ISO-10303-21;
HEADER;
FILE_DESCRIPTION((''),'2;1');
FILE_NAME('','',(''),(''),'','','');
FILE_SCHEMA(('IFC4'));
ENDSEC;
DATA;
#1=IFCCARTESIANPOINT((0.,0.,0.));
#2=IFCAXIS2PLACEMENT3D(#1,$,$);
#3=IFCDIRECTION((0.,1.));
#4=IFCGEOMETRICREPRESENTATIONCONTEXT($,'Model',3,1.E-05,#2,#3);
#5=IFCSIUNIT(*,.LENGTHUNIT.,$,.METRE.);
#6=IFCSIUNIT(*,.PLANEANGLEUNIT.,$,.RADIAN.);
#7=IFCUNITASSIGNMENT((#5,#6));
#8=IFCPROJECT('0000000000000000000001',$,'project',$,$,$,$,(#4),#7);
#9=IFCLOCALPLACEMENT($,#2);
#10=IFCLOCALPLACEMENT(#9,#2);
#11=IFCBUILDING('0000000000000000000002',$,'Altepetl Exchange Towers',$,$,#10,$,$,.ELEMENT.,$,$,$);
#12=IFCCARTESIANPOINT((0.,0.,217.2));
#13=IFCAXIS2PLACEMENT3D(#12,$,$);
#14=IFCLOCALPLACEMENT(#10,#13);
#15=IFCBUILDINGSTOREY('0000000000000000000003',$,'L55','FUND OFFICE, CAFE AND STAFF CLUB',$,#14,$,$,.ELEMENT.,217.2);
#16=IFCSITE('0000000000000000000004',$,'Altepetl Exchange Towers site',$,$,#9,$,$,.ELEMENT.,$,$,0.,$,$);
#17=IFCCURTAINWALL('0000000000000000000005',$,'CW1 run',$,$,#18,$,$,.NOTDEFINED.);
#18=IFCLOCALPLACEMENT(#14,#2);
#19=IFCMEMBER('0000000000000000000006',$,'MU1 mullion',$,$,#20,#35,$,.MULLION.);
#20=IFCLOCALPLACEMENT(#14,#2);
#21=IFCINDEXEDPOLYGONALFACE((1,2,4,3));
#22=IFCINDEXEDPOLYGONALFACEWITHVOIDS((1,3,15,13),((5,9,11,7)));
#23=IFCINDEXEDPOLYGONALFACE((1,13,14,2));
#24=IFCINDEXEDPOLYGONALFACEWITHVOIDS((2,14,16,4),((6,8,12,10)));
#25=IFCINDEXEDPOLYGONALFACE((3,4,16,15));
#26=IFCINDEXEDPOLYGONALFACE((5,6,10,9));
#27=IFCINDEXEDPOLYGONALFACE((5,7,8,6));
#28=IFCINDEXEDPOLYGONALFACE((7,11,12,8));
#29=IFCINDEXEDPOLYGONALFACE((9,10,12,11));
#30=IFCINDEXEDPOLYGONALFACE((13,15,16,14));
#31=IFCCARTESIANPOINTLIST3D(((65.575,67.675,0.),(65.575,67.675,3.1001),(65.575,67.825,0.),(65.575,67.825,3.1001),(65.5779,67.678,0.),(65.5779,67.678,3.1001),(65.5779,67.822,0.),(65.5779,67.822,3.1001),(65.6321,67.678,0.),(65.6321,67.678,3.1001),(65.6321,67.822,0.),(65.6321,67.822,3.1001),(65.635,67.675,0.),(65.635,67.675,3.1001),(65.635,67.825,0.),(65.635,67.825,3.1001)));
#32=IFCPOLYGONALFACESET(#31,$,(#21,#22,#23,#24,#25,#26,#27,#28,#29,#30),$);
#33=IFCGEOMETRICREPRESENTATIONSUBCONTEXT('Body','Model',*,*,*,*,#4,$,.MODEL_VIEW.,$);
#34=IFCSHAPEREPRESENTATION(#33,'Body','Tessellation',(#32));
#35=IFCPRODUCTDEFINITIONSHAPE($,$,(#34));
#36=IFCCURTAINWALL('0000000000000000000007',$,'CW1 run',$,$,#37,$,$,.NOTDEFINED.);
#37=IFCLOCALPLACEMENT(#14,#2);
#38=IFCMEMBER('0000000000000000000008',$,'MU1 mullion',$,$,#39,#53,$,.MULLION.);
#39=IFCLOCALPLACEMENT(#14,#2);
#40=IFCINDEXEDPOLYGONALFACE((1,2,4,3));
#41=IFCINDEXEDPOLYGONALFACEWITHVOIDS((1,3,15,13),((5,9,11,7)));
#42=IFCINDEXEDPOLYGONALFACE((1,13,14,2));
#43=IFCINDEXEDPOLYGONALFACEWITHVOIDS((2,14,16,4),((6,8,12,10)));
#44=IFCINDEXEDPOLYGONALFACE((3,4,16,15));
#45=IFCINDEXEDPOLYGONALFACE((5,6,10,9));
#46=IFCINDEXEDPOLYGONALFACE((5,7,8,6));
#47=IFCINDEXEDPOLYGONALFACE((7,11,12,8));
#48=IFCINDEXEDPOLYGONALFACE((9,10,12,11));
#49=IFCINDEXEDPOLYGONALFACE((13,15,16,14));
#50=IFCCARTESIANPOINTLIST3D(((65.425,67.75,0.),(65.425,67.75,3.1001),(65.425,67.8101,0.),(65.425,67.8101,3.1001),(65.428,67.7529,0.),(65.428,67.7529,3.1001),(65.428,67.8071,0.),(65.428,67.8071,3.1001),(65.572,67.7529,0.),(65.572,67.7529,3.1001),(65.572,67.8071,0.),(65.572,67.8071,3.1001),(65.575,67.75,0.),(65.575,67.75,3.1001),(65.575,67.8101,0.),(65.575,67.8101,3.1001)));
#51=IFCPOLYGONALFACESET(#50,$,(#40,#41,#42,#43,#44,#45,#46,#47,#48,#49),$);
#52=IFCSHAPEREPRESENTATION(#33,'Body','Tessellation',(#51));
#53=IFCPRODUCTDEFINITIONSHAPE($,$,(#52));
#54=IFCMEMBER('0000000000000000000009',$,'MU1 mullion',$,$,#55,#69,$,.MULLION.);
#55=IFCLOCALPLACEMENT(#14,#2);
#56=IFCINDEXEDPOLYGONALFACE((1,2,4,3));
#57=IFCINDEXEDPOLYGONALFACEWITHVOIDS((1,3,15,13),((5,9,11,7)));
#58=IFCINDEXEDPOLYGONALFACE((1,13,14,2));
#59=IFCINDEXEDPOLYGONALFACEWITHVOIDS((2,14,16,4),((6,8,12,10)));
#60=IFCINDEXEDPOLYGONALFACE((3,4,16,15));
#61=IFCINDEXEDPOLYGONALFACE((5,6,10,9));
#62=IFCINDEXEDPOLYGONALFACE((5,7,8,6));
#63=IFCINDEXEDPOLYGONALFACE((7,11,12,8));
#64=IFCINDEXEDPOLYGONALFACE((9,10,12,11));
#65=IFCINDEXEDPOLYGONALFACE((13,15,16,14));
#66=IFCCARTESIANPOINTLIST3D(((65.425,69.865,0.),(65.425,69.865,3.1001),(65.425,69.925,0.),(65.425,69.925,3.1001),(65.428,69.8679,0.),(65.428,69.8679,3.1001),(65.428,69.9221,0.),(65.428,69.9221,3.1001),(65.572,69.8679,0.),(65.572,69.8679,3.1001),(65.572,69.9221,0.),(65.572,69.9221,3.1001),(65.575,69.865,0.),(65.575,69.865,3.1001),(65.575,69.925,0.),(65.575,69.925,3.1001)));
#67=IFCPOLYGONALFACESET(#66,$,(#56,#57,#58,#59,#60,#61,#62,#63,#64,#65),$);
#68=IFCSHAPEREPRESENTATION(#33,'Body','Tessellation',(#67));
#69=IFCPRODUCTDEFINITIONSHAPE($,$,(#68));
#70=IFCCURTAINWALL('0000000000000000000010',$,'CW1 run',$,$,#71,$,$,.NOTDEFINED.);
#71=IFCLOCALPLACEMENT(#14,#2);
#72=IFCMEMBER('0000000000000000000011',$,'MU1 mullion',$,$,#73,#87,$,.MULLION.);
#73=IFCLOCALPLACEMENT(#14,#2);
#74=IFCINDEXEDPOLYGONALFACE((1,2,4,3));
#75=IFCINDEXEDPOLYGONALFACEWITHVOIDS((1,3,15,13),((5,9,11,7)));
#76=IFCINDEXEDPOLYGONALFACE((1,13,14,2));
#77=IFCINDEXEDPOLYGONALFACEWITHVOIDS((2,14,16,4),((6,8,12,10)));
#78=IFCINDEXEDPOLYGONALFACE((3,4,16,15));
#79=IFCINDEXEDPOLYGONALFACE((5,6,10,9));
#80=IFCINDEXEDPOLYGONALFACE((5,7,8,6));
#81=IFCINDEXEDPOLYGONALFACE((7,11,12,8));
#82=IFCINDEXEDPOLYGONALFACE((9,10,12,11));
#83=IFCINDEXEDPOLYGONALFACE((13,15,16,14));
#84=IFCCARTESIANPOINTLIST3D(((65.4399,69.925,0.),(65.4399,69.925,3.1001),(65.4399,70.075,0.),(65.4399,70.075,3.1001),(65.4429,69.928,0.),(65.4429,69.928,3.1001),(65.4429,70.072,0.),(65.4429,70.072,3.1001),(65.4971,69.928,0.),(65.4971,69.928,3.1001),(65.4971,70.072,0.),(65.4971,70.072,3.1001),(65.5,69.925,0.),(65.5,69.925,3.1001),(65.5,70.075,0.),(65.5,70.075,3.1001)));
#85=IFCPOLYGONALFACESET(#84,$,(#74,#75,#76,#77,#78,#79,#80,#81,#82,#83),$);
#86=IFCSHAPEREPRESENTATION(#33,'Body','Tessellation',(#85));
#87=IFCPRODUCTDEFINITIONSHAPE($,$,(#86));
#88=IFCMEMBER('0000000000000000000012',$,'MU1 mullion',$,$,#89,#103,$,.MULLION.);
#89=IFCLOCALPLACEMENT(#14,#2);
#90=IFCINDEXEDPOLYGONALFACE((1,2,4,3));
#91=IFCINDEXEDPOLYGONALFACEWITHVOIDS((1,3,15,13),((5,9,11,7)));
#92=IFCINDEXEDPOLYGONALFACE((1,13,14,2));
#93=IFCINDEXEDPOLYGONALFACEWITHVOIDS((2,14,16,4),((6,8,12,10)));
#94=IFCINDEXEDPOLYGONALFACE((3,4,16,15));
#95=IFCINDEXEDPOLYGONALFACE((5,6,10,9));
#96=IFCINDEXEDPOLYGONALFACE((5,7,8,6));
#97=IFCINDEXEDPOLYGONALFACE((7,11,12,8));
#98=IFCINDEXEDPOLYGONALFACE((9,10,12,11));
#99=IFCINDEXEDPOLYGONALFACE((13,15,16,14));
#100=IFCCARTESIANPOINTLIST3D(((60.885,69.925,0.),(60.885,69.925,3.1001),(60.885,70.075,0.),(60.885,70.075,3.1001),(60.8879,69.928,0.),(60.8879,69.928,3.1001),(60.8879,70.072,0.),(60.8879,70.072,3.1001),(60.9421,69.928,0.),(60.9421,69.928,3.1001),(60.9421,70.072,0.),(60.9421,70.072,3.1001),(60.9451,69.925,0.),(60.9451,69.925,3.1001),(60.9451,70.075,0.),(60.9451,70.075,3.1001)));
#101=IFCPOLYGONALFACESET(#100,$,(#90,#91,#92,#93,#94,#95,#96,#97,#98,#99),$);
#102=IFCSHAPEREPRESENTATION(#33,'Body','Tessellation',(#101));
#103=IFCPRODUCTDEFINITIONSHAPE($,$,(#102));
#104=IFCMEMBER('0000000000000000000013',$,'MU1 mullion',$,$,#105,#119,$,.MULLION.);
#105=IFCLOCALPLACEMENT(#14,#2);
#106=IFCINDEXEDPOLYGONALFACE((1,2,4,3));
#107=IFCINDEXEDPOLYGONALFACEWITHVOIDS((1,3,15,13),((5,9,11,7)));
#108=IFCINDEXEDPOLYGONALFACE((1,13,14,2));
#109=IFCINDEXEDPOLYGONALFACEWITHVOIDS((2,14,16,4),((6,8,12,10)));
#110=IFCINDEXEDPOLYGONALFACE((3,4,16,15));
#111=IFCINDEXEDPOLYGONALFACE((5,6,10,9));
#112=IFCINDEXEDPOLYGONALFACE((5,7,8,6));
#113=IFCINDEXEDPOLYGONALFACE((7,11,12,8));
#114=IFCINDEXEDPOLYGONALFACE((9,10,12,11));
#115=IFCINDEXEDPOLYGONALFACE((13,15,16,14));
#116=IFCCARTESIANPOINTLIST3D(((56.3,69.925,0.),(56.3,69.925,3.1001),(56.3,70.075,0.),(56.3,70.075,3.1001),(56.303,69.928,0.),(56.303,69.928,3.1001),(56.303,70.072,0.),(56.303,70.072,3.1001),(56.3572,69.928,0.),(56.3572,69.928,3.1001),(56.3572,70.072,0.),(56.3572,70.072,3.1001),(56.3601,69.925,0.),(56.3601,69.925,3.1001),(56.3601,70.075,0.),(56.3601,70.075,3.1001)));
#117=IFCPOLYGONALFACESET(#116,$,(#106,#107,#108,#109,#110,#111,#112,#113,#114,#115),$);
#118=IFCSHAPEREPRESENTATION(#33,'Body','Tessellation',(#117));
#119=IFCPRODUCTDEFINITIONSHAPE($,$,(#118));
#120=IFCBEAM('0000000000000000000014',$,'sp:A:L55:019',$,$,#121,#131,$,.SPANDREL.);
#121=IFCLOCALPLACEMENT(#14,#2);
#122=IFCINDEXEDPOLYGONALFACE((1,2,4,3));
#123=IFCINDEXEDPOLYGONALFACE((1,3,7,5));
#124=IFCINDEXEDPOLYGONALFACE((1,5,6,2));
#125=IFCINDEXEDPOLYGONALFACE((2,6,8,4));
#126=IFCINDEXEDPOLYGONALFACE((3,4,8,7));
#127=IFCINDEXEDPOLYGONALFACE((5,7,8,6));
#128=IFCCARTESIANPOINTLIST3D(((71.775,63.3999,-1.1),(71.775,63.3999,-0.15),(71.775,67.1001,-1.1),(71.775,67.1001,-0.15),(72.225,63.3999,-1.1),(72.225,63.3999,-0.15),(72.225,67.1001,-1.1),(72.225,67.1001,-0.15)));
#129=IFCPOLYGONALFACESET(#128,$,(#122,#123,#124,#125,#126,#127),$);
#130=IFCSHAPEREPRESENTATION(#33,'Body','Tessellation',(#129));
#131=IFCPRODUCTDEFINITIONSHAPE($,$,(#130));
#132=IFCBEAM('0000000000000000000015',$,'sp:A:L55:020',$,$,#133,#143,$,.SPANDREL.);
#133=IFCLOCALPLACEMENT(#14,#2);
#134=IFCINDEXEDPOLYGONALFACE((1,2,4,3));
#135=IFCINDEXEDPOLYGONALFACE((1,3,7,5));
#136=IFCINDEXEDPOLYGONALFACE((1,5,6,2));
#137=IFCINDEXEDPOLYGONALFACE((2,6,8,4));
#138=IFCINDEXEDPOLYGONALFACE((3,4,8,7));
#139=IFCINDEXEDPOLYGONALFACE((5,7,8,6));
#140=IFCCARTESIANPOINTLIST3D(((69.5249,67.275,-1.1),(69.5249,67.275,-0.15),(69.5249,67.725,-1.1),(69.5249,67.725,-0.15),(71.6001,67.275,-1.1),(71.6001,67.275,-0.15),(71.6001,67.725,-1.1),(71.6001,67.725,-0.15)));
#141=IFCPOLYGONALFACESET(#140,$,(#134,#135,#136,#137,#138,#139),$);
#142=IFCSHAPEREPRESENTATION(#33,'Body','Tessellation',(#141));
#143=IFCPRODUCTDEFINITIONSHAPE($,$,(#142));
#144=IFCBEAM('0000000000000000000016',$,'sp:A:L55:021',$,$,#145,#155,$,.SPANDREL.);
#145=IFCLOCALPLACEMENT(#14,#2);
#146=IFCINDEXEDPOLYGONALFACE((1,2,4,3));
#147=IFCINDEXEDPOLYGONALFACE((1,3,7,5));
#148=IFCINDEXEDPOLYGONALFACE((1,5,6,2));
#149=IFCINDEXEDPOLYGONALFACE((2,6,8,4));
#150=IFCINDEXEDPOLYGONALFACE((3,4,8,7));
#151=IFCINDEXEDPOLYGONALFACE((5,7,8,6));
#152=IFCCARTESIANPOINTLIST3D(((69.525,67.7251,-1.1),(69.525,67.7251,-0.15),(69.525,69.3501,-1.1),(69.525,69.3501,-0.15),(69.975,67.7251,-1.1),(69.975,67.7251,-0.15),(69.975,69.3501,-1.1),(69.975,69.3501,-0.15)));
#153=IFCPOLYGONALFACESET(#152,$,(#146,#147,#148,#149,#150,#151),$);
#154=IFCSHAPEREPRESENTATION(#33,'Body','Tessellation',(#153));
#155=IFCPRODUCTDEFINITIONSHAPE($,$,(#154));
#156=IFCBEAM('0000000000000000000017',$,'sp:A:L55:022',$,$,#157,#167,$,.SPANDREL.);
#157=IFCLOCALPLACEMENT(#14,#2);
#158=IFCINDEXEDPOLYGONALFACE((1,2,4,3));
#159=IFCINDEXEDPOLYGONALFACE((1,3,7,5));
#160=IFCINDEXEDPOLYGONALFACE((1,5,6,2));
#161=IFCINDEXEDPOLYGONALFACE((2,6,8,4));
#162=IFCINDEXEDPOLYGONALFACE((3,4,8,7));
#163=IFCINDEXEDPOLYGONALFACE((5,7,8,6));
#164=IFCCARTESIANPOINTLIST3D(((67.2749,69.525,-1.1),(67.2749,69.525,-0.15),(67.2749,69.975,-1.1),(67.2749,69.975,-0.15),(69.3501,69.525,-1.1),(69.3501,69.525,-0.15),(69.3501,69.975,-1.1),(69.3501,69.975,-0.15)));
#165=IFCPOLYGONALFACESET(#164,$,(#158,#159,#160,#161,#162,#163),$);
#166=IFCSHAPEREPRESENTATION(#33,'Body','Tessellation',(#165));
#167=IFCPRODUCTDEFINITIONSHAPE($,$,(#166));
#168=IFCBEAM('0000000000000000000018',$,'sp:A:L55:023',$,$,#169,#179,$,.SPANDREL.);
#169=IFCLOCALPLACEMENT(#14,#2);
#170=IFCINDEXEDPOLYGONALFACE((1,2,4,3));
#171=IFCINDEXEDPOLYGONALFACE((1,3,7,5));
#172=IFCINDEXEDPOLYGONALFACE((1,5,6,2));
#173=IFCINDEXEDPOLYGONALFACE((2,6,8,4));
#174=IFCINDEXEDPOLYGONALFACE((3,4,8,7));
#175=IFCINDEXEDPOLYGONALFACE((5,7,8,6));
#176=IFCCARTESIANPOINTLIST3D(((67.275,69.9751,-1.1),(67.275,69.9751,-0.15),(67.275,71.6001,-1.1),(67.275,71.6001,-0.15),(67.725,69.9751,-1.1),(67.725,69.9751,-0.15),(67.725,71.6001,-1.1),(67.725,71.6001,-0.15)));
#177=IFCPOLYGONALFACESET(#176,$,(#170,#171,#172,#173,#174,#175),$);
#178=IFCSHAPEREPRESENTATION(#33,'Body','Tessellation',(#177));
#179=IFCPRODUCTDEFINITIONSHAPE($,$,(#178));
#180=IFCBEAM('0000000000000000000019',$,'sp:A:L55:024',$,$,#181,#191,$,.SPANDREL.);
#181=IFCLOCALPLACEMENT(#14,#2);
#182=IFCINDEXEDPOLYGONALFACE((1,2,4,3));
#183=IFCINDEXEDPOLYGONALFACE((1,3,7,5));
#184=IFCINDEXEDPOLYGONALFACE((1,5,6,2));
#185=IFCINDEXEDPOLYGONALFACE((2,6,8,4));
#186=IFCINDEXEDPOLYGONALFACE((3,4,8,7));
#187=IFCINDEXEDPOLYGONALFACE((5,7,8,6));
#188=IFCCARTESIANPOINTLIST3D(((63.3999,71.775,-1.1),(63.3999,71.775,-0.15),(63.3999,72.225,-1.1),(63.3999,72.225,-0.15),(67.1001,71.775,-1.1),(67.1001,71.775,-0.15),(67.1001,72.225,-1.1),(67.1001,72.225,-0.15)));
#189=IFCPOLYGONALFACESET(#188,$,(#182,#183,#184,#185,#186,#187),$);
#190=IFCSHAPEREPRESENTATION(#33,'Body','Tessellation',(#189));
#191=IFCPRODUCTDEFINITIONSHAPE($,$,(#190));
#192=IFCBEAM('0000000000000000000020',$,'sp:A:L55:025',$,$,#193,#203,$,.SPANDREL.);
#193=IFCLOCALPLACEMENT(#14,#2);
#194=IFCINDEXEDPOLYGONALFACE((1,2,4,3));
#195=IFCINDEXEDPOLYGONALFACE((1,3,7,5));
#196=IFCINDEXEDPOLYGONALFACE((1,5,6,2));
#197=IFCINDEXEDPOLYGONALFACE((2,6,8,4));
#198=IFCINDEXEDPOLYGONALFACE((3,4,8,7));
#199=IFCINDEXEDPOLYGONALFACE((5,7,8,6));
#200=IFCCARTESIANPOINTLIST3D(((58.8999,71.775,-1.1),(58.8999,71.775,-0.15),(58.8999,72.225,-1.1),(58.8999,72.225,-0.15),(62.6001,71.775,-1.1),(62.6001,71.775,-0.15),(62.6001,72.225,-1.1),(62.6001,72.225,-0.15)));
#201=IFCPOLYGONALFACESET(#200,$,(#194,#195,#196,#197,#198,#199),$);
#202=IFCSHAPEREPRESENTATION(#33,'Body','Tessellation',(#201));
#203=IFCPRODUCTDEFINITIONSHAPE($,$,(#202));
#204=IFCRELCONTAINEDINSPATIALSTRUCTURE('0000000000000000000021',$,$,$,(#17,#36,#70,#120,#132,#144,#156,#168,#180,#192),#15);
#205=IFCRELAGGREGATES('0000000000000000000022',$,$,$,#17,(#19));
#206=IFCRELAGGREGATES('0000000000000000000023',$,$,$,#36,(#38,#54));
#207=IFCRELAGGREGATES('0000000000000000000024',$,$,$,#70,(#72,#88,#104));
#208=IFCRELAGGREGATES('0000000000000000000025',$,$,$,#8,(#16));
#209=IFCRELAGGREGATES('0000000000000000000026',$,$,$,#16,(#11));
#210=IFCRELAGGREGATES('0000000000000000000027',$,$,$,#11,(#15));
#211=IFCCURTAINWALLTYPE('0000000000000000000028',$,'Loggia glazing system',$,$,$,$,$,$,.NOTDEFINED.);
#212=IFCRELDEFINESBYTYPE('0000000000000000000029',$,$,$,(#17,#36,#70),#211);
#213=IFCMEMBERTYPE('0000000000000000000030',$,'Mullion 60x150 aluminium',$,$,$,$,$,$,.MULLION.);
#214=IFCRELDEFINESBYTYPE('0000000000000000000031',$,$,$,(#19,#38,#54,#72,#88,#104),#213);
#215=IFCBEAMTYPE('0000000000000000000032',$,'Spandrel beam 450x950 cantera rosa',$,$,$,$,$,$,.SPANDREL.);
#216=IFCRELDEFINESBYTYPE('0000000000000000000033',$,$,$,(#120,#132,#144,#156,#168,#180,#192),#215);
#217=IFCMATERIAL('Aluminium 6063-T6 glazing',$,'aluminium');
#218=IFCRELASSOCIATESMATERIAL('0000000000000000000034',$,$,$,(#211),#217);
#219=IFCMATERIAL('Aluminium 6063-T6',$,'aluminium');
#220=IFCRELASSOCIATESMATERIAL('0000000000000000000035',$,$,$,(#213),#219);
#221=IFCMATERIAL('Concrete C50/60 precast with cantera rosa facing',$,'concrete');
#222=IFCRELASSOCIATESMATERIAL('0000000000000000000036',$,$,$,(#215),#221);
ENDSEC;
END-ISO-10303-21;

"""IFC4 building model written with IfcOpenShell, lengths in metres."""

from ifc_helpers import new_model, si_unit, direction, frame, origin, origin_2d, place, context, subcontext, project, spatial, rectangle, hollow_rectangle, extrude, material, material_profile, profile_set, type_object, element, aggregate, save


model = new_model("IFC4")

# Units and contexts
model_context = context("Model", 3, precision=1e-05, world=origin(), true_north=direction((0.0, 1.0)))
body_context = subcontext(model_context, "Body", "Model", "MODEL_VIEW")
ifc_project = project(units=[si_unit("LENGTHUNIT", "METRE"), si_unit("PLANEANGLEUNIT", "RADIAN")], contexts=[model_context])

# Site, building, storey
site_placement = place(None, origin())
site = spatial("IfcSite", under=ifc_project, at=site_placement, Name="Altepetl Exchange Towers site", CompositionType="ELEMENT", RefElevation=0.0)
building_placement = place(site_placement, origin())
building = spatial("IfcBuilding", under=site, at=building_placement, Name="Altepetl Exchange Towers", CompositionType="ELEMENT")
storey_placement = place(building_placement, frame((0.0, 0.0, 217.2)))
storey = spatial("IfcBuildingStorey", under=building, at=storey_placement, Name="L55", Description="FUND OFFICE, CAFE AND STAFF CLUB", CompositionType="ELEMENT", Elevation=217.2)

# Curtain walls, members
ifc_material_1 = material(Name="Aluminium 6063-T6 glazing", Category="aluminium")
curtain_wall_type = type_object("IfcCurtainWallType", Name="Loggia glazing system", PredefinedType="NOTDEFINED", material=ifc_material_1)
ifc_material_2 = material(Name="Aluminium 6063-T6", Category="aluminium")
ifc_material_profile_1 = material_profile(ifc_material_2, hollow_rectangle(XDim=0.0601, YDim=0.1499, WallThickness=0.0029, at=origin_2d()), Name="Mullion 60x150 aluminium")
ifc_profile_set_1 = profile_set([ifc_material_profile_1], Name="Aluminium 6063-T6")
member_type = type_object("IfcMemberType", Name="Mullion 60x150 aluminium", PredefinedType="MULLION", material=ifc_profile_set_1)
curtain_wall_1_placement = place(storey_placement, origin())
curtain_wall_1 = element("IfcCurtainWall", 1, at=curtain_wall_1_placement, inside=storey, type_object=curtain_wall_type, Name="CW1 run", PredefinedType="NOTDEFINED")
member_1_placement = place(storey_placement, frame((65.605, 67.75, 0.0), z_axis=(0.0, 0.0, 1.0), x_axis=(-1.0, 0.0, 0.0)))
member_1 = element("IfcMember", 2, at=member_1_placement, type_object=member_type, Name="MU1 mullion", PredefinedType="MULLION", context=body_context, shape_type="SweptSolid", body=[
    extrude(hollow_rectangle(XDim=0.0601, YDim=0.1499, WallThickness=0.0029, at=origin_2d()), origin(), (0.0, 0.0, 1.0), 3.1001),
])
curtain_wall_2_placement = place(storey_placement, origin())
curtain_wall_2 = element("IfcCurtainWall", 3, at=curtain_wall_2_placement, inside=storey, type_object=curtain_wall_type, Name="CW1 run", PredefinedType="NOTDEFINED")
member_2_placement = place(storey_placement, frame((65.5, 67.78, 0.0), z_axis=(0.0, 0.0, 1.0), x_axis=(0.0, 1.0, 0.0)))
member_2 = element("IfcMember", 4, at=member_2_placement, type_object=member_type, Name="MU1 mullion", PredefinedType="MULLION", context=body_context, shape_type="SweptSolid", body=[
    extrude(hollow_rectangle(XDim=0.0601, YDim=0.1499, WallThickness=0.0029, at=origin_2d()), origin(), (0.0, 0.0, 1.0), 3.1001),
])
member_3_placement = place(storey_placement, frame((65.5, 69.895, 0.0), z_axis=(0.0, 0.0, 1.0), x_axis=(0.0, 1.0, 0.0)))
member_3 = element("IfcMember", 5, at=member_3_placement, type_object=member_type, Name="MU1 mullion", PredefinedType="MULLION", context=body_context, shape_type="SweptSolid", body=[
    extrude(hollow_rectangle(XDim=0.0601, YDim=0.1499, WallThickness=0.0029, at=origin_2d()), origin(), (0.0, 0.0, 1.0), 3.1001),
])
curtain_wall_3_placement = place(storey_placement, origin())
curtain_wall_3 = element("IfcCurtainWall", 6, at=curtain_wall_3_placement, inside=storey, type_object=curtain_wall_type, Name="CW1 run", PredefinedType="NOTDEFINED")
member_4_placement = place(storey_placement, frame((65.47, 70.0, 0.0), z_axis=(0.0, 0.0, 1.0), x_axis=(-1.0, 0.0, 0.0)))
member_4 = element("IfcMember", 7, at=member_4_placement, type_object=member_type, Name="MU1 mullion", PredefinedType="MULLION", context=body_context, shape_type="SweptSolid", body=[
    extrude(hollow_rectangle(XDim=0.0601, YDim=0.1499, WallThickness=0.0029, at=origin_2d()), origin(), (0.0, 0.0, 1.0), 3.1001),
])
member_5_placement = place(storey_placement, frame((60.915, 70.0, 0.0), z_axis=(0.0, 0.0, 1.0), x_axis=(-1.0, 0.0, 0.0)))
member_5 = element("IfcMember", 8, at=member_5_placement, type_object=member_type, Name="MU1 mullion", PredefinedType="MULLION", context=body_context, shape_type="SweptSolid", body=[
    extrude(hollow_rectangle(XDim=0.0601, YDim=0.1499, WallThickness=0.0029, at=origin_2d()), origin(), (0.0, 0.0, 1.0), 3.1001),
])
member_6_placement = place(storey_placement, frame((56.3301, 70.0, 0.0), z_axis=(0.0, 0.0, 1.0), x_axis=(-1.0, 0.0, 0.0)))
member_6 = element("IfcMember", 9, at=member_6_placement, type_object=member_type, Name="MU1 mullion", PredefinedType="MULLION", context=body_context, shape_type="SweptSolid", body=[
    extrude(hollow_rectangle(XDim=0.0601, YDim=0.1499, WallThickness=0.0029, at=origin_2d()), origin(), (0.0, 0.0, 1.0), 3.1001),
])

# Beams
ifc_material_3 = material(Name="Concrete C50/60 precast with cantera rosa facing", Category="concrete")
ifc_material_profile_2 = material_profile(ifc_material_3, rectangle(XDim=0.45, YDim=0.95, at=origin_2d()), Name="450 x 950")
ifc_profile_set_2 = profile_set([ifc_material_profile_2], Name="Concrete C50/60 precast with cantera rosa facing")
beam_type = type_object("IfcBeamType", Name="Spandrel beam 450x950 cantera rosa", PredefinedType="SPANDREL", material=ifc_profile_set_2)
beam_1_placement = place(storey_placement, frame((72.0, 63.3999, -0.625), z_axis=(0.0, 1.0, 0.0), x_axis=(-1.0, 0.0, 0.0)))
element("IfcBeam", 10, at=beam_1_placement, inside=storey, type_object=beam_type, Name="sp:A:L55:019", PredefinedType="SPANDREL", context=body_context, shape_type="SweptSolid", body=[
    extrude(rectangle(XDim=0.45, YDim=0.95, at=origin_2d()), origin(), (0.0, 0.0, 1.0), 3.7002),
])
beam_2_placement = place(storey_placement, frame((71.6001, 67.5, -0.625), z_axis=(-1.0, 0.0, 0.0), x_axis=(0.0, -1.0, 0.0)))
element("IfcBeam", 11, at=beam_2_placement, inside=storey, type_object=beam_type, Name="sp:A:L55:020", PredefinedType="SPANDREL", context=body_context, shape_type="SweptSolid", body=[
    extrude(rectangle(XDim=0.45, YDim=0.95, at=origin_2d()), origin(), (0.0, 0.0, 1.0), 2.0752),
])
beam_3_placement = place(storey_placement, frame((69.75, 67.7251, -0.625), z_axis=(0.0, 1.0, 0.0), x_axis=(-1.0, 0.0, 0.0)))
element("IfcBeam", 12, at=beam_3_placement, inside=storey, type_object=beam_type, Name="sp:A:L55:021", PredefinedType="SPANDREL", context=body_context, shape_type="SweptSolid", body=[
    extrude(rectangle(XDim=0.45, YDim=0.95, at=origin_2d()), origin(), (0.0, 0.0, 1.0), 1.625),
])
beam_4_placement = place(storey_placement, frame((69.3501, 69.75, -0.625), z_axis=(-1.0, 0.0, 0.0), x_axis=(0.0, -1.0, 0.0)))
element("IfcBeam", 13, at=beam_4_placement, inside=storey, type_object=beam_type, Name="sp:A:L55:022", PredefinedType="SPANDREL", context=body_context, shape_type="SweptSolid", body=[
    extrude(rectangle(XDim=0.45, YDim=0.95, at=origin_2d()), origin(), (0.0, 0.0, 1.0), 2.0752),
])
beam_5_placement = place(storey_placement, frame((67.5, 69.9751, -0.625), z_axis=(0.0, 1.0, 0.0), x_axis=(-1.0, 0.0, 0.0)))
element("IfcBeam", 14, at=beam_5_placement, inside=storey, type_object=beam_type, Name="sp:A:L55:023", PredefinedType="SPANDREL", context=body_context, shape_type="SweptSolid", body=[
    extrude(rectangle(XDim=0.45, YDim=0.95, at=origin_2d()), origin(), (0.0, 0.0, 1.0), 1.625),
])
for number, where, z_axis, x_axis, name in (
    (15, (67.1001, 72.0, -0.625), (-1.0, 0.0, 0.0), (0.0, -1.0, 0.0), "sp:A:L55:024"),
    (16, (62.6001, 72.0, -0.625), (-1.0, 0.0, 0.0), (0.0, -1.0, 0.0), "sp:A:L55:025"),
):
    element("IfcBeam", number, at=place(storey_placement, frame(where, z_axis=z_axis, x_axis=x_axis)), inside=storey, type_object=beam_type, Name=name, PredefinedType="SPANDREL", context=body_context, shape_type="SweptSolid", body=[
        extrude(rectangle(XDim=0.45, YDim=0.95, at=origin_2d()), origin(), (0.0, 0.0, 1.0), 3.7002),
    ])

aggregate(curtain_wall_1, [member_1])
aggregate(curtain_wall_2, [member_2, member_3])
aggregate(curtain_wall_3, [member_4, member_5, member_6])

save(model, "model.ifc")
